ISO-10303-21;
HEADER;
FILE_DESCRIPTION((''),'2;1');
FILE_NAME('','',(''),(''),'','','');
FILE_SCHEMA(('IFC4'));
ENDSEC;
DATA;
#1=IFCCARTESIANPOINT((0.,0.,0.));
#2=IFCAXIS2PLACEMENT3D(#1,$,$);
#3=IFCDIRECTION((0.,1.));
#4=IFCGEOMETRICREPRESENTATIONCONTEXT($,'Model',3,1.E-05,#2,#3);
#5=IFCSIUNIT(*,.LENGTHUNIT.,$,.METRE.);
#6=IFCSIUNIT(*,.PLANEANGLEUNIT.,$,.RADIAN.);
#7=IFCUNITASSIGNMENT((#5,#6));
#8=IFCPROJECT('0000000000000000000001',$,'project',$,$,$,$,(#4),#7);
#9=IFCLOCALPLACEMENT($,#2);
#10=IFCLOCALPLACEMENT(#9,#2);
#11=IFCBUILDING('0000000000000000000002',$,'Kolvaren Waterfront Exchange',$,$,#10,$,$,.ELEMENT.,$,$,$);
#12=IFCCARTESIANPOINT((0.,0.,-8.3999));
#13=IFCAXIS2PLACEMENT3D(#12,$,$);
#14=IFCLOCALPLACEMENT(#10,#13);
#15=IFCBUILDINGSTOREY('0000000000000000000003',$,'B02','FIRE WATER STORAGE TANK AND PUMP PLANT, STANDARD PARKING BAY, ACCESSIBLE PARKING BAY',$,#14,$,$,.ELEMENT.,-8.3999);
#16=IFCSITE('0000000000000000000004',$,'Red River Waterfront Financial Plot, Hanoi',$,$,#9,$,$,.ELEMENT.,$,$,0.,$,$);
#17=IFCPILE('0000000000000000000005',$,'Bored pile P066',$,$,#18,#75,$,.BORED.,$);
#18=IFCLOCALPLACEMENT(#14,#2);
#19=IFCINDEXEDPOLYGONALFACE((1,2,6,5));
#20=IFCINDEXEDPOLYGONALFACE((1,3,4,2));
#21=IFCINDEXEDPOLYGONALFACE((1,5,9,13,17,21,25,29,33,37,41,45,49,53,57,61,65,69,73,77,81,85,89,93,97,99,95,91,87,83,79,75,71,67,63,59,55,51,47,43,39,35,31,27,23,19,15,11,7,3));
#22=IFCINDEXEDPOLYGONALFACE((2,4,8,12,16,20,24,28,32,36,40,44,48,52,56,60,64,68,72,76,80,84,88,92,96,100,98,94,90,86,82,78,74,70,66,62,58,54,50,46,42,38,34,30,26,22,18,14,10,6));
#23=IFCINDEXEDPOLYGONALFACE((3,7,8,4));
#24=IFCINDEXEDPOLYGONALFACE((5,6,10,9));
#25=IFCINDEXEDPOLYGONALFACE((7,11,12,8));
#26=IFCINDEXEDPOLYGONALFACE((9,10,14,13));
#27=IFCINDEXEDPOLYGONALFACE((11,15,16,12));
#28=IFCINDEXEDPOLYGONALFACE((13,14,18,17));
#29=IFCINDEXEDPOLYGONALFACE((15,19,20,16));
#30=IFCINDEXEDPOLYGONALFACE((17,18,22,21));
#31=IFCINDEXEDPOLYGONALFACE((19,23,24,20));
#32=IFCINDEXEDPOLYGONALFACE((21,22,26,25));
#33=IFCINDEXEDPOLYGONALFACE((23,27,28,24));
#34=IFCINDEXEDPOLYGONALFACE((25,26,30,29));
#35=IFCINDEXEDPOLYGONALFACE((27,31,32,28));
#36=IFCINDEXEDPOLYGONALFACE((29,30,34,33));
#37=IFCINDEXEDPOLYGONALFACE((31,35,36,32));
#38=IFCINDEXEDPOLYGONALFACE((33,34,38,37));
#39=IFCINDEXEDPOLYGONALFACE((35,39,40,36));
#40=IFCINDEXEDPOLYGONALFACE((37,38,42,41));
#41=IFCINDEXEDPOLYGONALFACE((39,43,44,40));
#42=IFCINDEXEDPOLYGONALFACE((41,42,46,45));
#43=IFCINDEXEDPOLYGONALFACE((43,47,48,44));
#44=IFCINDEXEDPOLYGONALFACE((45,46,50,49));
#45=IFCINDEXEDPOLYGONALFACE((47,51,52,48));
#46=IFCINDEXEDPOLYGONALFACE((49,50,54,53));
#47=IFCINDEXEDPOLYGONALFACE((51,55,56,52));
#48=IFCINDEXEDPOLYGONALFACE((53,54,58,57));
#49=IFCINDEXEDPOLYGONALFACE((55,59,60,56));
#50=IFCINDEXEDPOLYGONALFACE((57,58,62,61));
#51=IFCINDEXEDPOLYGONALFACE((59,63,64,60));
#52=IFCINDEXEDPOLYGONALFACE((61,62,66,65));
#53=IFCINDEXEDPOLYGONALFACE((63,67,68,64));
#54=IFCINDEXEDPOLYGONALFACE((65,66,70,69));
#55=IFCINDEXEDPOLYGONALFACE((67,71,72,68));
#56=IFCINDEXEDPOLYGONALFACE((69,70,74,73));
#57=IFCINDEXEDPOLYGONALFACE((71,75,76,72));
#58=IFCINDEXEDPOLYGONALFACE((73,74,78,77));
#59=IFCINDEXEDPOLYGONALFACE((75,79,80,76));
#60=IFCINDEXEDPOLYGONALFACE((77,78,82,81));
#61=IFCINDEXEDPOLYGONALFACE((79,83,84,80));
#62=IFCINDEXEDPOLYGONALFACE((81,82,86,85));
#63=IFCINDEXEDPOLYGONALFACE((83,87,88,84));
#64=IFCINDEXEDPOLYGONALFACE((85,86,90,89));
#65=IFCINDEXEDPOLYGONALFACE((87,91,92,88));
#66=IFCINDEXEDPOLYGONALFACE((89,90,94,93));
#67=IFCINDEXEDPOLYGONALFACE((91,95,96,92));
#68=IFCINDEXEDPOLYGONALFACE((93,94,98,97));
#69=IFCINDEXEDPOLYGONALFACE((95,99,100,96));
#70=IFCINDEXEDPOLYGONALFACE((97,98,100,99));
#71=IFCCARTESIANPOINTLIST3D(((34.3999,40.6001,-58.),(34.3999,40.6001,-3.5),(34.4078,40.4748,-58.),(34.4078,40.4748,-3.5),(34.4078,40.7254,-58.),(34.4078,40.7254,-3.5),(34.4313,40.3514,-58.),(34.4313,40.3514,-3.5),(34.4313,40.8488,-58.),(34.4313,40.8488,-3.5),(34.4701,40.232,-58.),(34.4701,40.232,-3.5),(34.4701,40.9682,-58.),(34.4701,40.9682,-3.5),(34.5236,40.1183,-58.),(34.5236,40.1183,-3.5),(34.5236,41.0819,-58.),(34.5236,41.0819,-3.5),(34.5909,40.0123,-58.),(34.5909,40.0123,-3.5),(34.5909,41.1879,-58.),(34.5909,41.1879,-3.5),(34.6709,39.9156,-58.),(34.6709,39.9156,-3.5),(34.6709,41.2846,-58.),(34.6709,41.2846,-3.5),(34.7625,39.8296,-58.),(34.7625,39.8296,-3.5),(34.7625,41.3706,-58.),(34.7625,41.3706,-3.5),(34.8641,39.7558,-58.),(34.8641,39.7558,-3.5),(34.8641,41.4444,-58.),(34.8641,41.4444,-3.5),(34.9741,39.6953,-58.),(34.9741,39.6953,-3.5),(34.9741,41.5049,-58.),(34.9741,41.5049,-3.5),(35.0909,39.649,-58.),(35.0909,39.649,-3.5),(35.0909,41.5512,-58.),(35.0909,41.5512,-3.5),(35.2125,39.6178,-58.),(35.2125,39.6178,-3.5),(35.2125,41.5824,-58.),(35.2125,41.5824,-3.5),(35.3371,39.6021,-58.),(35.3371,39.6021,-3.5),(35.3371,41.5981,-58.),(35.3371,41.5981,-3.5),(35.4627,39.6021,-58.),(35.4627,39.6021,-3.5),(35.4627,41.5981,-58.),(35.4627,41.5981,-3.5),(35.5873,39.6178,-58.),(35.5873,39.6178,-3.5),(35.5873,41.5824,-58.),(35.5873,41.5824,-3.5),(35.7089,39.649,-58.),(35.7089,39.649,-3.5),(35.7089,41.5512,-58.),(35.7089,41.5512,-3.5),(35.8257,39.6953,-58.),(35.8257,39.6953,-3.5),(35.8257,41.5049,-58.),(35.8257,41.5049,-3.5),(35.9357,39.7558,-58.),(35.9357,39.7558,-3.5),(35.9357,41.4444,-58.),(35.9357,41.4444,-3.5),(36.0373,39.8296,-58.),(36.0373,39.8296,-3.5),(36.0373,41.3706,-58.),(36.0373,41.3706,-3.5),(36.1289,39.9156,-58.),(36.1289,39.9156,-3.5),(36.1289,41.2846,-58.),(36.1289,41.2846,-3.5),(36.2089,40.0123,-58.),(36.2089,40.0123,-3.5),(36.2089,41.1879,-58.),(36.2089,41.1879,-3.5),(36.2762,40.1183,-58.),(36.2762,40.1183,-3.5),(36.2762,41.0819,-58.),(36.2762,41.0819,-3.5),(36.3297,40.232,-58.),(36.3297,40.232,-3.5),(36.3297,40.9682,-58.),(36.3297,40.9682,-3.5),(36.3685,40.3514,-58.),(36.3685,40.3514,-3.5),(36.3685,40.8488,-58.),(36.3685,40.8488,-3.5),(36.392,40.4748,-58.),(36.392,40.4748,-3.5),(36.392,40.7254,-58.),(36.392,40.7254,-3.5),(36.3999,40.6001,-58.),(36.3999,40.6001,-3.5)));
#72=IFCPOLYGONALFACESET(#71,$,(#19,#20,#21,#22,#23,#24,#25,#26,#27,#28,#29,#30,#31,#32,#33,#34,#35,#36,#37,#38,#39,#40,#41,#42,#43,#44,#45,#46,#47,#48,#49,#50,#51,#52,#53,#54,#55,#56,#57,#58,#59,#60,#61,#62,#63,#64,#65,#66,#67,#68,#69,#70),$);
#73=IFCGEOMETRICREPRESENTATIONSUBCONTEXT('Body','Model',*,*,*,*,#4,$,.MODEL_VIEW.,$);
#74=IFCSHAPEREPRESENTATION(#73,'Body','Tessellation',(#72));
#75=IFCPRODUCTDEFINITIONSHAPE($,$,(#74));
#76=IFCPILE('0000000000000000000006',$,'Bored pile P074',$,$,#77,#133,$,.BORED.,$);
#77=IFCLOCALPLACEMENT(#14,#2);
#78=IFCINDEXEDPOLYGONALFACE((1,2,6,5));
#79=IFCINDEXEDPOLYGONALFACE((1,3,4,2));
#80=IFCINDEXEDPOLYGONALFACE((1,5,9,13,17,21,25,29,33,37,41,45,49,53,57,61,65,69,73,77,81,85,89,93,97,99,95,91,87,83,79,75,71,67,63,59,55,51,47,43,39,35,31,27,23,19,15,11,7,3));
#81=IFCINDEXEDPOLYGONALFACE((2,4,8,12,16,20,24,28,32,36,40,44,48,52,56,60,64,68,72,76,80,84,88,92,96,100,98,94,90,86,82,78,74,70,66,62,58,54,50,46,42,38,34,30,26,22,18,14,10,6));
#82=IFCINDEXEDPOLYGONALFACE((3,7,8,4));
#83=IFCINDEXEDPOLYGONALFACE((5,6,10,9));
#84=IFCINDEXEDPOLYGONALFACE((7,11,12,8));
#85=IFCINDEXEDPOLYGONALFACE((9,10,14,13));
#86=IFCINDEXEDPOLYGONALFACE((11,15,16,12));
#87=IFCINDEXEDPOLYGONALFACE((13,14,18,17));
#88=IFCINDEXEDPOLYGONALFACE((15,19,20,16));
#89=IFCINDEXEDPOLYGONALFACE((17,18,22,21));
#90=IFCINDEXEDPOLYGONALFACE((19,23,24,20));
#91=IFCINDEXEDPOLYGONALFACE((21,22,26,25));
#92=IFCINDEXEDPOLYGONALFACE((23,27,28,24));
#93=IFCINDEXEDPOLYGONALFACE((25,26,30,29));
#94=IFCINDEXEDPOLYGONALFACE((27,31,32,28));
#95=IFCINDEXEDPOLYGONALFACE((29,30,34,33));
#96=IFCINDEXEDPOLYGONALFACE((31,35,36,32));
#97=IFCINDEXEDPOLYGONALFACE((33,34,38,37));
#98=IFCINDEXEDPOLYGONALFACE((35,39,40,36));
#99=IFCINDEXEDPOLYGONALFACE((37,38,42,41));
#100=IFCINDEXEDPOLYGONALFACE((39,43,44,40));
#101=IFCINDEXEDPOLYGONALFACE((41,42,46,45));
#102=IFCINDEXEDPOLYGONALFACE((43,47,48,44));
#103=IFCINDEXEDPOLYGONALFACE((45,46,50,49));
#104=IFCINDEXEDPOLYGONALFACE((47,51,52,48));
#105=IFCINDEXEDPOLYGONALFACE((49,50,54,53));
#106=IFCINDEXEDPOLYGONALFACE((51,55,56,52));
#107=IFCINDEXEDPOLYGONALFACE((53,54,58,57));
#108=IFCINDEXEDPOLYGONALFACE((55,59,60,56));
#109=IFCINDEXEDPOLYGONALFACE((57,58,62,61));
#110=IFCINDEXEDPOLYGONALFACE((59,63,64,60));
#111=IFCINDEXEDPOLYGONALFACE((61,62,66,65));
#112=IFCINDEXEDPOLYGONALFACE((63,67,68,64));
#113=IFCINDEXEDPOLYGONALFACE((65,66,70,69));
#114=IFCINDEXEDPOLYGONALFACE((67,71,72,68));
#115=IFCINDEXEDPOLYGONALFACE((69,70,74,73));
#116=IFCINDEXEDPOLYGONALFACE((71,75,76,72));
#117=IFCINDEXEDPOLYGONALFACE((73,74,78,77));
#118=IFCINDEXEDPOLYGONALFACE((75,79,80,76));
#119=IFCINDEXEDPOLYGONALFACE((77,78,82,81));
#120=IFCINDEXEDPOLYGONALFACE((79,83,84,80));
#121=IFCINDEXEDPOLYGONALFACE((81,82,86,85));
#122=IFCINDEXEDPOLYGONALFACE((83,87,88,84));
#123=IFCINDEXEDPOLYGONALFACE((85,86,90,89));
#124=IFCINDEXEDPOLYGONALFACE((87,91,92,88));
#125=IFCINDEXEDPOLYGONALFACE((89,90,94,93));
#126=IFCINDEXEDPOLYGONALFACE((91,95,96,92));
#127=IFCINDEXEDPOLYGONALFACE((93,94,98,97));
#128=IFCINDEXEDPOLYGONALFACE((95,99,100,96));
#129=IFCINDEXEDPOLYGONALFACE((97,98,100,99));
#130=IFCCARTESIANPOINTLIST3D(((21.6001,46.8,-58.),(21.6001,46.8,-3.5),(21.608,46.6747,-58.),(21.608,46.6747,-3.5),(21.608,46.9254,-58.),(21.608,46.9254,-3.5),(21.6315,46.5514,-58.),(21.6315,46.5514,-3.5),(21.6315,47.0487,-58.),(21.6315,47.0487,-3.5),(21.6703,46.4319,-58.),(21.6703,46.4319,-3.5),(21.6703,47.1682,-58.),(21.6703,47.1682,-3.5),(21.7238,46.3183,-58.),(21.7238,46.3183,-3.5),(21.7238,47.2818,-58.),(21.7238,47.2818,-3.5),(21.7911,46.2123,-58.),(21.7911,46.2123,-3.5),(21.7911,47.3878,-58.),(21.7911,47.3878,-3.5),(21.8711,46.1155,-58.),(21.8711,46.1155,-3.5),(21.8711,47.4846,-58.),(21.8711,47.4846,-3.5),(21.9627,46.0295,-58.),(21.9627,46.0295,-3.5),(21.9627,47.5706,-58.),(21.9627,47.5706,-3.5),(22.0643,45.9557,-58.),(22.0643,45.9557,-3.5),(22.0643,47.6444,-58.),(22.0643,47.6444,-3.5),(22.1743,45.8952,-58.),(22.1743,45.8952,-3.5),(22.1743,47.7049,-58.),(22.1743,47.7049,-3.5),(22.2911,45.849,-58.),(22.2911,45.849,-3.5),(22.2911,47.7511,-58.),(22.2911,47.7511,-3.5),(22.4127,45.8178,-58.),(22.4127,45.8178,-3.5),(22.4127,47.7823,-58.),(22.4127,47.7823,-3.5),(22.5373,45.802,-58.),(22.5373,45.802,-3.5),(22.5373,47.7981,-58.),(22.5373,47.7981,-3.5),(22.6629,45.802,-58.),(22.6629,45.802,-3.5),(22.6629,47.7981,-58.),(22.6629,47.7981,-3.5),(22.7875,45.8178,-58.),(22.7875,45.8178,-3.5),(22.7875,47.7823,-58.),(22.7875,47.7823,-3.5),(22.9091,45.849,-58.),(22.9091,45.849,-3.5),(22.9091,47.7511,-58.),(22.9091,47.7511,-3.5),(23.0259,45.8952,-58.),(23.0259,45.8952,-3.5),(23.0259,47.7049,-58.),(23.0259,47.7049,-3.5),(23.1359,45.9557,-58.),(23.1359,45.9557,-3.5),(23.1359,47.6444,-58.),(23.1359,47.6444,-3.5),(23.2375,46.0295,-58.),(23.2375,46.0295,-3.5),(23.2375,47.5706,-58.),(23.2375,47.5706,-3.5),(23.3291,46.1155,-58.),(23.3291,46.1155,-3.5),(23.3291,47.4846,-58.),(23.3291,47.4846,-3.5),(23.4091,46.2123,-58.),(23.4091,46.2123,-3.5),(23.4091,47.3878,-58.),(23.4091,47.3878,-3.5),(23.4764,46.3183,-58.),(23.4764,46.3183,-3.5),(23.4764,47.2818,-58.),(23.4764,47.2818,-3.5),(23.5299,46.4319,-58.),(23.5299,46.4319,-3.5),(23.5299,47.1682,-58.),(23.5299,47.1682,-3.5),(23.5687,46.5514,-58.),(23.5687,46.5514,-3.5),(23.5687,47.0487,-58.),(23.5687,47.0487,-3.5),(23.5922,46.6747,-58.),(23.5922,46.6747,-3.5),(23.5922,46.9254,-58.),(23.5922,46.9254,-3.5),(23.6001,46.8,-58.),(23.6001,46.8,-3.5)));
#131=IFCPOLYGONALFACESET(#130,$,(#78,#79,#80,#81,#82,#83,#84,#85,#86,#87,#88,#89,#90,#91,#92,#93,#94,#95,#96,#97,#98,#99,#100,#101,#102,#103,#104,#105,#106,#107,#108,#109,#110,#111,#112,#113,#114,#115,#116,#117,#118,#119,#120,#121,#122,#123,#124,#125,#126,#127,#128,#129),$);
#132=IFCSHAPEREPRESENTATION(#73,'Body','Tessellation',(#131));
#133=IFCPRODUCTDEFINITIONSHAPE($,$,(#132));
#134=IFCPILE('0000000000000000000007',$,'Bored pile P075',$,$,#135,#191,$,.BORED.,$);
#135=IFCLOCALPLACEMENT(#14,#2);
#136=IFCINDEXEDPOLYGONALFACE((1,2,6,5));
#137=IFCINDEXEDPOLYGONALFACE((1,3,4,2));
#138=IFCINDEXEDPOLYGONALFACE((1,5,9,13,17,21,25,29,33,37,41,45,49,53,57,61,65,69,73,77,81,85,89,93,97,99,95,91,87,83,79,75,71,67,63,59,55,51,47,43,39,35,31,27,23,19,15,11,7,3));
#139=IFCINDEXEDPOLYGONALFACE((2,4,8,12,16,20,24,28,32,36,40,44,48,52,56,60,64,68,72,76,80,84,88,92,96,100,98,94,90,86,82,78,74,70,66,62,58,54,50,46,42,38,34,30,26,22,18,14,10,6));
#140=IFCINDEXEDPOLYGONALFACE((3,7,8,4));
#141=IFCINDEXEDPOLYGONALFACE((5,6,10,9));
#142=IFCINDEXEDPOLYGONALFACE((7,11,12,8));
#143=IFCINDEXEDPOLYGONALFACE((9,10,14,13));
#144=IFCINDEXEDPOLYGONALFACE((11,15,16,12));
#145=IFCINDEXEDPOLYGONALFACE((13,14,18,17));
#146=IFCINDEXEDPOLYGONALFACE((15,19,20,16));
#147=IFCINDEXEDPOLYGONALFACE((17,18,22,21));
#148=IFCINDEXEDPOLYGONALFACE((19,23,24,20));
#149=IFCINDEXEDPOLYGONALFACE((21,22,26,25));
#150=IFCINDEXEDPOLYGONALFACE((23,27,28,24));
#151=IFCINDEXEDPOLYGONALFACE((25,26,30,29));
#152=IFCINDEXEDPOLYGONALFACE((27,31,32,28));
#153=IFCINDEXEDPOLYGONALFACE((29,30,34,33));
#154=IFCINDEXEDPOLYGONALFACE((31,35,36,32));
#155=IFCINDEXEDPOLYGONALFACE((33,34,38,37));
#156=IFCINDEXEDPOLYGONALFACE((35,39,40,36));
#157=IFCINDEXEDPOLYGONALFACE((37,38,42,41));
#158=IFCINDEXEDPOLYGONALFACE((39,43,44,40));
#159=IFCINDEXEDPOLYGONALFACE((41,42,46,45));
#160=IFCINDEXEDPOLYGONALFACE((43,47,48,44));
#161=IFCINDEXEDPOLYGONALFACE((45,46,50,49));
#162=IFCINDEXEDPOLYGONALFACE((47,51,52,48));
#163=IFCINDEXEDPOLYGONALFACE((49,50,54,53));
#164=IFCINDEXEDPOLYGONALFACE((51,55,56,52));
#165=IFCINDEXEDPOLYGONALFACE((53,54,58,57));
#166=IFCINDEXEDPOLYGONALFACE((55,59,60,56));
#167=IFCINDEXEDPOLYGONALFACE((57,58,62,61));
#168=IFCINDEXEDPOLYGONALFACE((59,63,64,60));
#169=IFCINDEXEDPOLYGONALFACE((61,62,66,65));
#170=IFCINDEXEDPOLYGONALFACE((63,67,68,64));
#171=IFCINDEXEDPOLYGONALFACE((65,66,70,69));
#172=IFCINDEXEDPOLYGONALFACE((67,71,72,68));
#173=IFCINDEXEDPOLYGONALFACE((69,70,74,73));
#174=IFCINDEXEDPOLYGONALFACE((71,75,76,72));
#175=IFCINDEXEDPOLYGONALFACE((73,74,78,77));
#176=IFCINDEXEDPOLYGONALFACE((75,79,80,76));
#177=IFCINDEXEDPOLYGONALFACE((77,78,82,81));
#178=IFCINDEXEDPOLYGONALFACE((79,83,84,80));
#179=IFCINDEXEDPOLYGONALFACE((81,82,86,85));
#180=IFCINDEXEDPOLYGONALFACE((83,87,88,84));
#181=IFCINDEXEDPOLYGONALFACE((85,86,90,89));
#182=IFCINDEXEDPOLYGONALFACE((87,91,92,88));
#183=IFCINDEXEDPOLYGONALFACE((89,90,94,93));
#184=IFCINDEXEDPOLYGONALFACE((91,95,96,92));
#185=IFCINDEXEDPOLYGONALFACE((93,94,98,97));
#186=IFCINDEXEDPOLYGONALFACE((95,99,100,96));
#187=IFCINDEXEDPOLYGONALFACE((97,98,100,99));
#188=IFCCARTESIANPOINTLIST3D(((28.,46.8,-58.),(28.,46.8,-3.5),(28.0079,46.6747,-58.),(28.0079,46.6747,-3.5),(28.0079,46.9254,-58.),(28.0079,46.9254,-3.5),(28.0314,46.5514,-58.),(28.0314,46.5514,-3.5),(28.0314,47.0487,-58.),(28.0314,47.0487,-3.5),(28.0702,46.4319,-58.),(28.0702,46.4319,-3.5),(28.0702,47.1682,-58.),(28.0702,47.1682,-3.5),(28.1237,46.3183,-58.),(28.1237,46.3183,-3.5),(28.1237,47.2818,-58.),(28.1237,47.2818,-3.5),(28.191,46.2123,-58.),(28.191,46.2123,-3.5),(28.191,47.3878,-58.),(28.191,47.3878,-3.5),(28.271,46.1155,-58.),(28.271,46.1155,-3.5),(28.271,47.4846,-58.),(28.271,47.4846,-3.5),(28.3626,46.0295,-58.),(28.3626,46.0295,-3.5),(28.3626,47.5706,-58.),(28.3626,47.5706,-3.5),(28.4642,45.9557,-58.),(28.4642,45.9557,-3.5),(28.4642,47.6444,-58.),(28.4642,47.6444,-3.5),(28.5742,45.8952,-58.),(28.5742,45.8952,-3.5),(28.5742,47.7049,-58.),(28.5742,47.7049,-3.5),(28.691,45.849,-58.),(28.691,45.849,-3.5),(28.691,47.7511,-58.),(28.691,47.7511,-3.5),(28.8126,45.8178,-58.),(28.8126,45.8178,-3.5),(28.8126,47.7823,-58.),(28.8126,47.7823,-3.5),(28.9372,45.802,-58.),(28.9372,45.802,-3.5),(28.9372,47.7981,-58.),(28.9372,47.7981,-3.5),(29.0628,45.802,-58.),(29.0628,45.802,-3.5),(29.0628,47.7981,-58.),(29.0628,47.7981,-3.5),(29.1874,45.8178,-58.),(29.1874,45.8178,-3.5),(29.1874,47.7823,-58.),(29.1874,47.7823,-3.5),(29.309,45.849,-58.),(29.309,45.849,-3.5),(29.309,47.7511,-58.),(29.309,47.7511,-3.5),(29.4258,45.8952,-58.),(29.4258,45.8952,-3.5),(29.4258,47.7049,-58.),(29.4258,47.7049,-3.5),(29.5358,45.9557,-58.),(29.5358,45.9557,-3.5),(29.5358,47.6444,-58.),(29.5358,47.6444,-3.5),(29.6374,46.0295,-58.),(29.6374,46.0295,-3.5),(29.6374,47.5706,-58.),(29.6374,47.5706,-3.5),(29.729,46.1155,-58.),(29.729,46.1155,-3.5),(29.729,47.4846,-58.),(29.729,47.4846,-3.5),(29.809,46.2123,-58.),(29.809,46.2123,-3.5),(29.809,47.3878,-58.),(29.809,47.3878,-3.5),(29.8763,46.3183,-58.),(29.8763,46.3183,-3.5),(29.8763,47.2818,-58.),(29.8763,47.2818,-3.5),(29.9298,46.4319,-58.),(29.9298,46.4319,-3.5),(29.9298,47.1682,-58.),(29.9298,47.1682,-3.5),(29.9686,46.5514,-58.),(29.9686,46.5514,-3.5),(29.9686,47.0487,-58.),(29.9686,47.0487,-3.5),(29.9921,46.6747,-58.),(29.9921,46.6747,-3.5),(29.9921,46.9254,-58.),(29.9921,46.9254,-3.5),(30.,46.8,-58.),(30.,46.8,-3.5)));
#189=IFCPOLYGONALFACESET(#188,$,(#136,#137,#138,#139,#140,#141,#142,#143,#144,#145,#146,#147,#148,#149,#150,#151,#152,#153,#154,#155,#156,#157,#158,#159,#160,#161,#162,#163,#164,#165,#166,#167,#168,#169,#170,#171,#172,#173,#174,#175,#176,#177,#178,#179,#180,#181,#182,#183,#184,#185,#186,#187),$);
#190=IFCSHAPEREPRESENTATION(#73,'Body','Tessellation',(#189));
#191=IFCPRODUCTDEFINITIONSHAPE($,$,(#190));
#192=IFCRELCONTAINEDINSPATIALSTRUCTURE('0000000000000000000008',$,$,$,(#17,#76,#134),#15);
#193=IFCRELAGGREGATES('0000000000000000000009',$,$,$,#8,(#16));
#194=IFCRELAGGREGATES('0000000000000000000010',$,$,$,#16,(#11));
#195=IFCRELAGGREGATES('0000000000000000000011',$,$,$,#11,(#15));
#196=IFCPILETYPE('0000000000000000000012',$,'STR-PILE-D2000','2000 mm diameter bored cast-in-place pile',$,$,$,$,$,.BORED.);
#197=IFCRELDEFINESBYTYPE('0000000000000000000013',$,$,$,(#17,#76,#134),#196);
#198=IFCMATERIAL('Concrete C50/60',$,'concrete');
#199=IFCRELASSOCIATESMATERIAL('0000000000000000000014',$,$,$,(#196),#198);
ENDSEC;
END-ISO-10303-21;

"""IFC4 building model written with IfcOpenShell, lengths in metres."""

from ifc_helpers import new_model, si_unit, direction, frame, origin, origin_2d, place, context, subcontext, project, spatial, circle, extrude, material, material_profile, profile_set, type_object, element, save


model = new_model("IFC4")

# Units and contexts
model_context = context("Model", 3, precision=1e-05, world=origin(), true_north=direction((0.0, 1.0)))
body_context = subcontext(model_context, "Body", "Model", "MODEL_VIEW")
ifc_project = project(units=[si_unit("LENGTHUNIT", "METRE"), si_unit("PLANEANGLEUNIT", "RADIAN")], contexts=[model_context])

# Site, building, storey
site_placement = place(None, origin())
site = spatial("IfcSite", under=ifc_project, at=site_placement, Name="Red River Waterfront Financial Plot, Hanoi", CompositionType="ELEMENT", RefElevation=0.0)
building_placement = place(site_placement, origin())
building = spatial("IfcBuilding", under=site, at=building_placement, Name="Kolvaren Waterfront Exchange", CompositionType="ELEMENT")
storey_placement = place(building_placement, frame((0.0, 0.0, -8.3999)))
storey = spatial("IfcBuildingStorey", under=building, at=storey_placement, Name="B02", Description="FIRE WATER STORAGE TANK AND PUMP PLANT, STANDARD PARKING BAY, ACCESSIBLE PARKING BAY", CompositionType="ELEMENT", Elevation=-8.3999)

# Piles
ifc_material_1 = material(Name="Concrete C50/60", Category="concrete")
ifc_material_profile_1 = material_profile(ifc_material_1, circle(Radius=1.0, at=origin_2d()), Name="RC-PILE-D2000")
ifc_profile_set_1 = profile_set([ifc_material_profile_1], Name="Concrete C50/60")
pile_type = type_object("IfcPileType", Name="STR-PILE-D2000", Description="2000 mm diameter bored cast-in-place pile", PredefinedType="BORED", material=ifc_profile_set_1)
for number, where, z_axis, x_axis, name in (
    (1, (35.3999, 40.6001, -3.5), (0.0, 0.0, -1.0), (1.0, 0.0, 0.0), "Bored pile P066"),
    (2, (22.6001, 46.8, -3.5), (0.0, 0.0, -1.0), (1.0, 0.0, 0.0), "Bored pile P074"),
    (3, (29.0, 46.8, -3.5), (0.0, 0.0, -1.0), (1.0, 0.0, 0.0), "Bored pile P075"),
):
    element("IfcPile", number, at=place(storey_placement, frame(where, z_axis=z_axis, x_axis=x_axis)), inside=storey, type_object=pile_type, Name=name, PredefinedType="BORED", context=body_context, shape_type="SweptSolid", body=[
        extrude(circle(Radius=1.0, at=origin_2d()), origin(), (0.0, 0.0, 1.0), 54.5),
    ])

save(model, "model.ifc")
